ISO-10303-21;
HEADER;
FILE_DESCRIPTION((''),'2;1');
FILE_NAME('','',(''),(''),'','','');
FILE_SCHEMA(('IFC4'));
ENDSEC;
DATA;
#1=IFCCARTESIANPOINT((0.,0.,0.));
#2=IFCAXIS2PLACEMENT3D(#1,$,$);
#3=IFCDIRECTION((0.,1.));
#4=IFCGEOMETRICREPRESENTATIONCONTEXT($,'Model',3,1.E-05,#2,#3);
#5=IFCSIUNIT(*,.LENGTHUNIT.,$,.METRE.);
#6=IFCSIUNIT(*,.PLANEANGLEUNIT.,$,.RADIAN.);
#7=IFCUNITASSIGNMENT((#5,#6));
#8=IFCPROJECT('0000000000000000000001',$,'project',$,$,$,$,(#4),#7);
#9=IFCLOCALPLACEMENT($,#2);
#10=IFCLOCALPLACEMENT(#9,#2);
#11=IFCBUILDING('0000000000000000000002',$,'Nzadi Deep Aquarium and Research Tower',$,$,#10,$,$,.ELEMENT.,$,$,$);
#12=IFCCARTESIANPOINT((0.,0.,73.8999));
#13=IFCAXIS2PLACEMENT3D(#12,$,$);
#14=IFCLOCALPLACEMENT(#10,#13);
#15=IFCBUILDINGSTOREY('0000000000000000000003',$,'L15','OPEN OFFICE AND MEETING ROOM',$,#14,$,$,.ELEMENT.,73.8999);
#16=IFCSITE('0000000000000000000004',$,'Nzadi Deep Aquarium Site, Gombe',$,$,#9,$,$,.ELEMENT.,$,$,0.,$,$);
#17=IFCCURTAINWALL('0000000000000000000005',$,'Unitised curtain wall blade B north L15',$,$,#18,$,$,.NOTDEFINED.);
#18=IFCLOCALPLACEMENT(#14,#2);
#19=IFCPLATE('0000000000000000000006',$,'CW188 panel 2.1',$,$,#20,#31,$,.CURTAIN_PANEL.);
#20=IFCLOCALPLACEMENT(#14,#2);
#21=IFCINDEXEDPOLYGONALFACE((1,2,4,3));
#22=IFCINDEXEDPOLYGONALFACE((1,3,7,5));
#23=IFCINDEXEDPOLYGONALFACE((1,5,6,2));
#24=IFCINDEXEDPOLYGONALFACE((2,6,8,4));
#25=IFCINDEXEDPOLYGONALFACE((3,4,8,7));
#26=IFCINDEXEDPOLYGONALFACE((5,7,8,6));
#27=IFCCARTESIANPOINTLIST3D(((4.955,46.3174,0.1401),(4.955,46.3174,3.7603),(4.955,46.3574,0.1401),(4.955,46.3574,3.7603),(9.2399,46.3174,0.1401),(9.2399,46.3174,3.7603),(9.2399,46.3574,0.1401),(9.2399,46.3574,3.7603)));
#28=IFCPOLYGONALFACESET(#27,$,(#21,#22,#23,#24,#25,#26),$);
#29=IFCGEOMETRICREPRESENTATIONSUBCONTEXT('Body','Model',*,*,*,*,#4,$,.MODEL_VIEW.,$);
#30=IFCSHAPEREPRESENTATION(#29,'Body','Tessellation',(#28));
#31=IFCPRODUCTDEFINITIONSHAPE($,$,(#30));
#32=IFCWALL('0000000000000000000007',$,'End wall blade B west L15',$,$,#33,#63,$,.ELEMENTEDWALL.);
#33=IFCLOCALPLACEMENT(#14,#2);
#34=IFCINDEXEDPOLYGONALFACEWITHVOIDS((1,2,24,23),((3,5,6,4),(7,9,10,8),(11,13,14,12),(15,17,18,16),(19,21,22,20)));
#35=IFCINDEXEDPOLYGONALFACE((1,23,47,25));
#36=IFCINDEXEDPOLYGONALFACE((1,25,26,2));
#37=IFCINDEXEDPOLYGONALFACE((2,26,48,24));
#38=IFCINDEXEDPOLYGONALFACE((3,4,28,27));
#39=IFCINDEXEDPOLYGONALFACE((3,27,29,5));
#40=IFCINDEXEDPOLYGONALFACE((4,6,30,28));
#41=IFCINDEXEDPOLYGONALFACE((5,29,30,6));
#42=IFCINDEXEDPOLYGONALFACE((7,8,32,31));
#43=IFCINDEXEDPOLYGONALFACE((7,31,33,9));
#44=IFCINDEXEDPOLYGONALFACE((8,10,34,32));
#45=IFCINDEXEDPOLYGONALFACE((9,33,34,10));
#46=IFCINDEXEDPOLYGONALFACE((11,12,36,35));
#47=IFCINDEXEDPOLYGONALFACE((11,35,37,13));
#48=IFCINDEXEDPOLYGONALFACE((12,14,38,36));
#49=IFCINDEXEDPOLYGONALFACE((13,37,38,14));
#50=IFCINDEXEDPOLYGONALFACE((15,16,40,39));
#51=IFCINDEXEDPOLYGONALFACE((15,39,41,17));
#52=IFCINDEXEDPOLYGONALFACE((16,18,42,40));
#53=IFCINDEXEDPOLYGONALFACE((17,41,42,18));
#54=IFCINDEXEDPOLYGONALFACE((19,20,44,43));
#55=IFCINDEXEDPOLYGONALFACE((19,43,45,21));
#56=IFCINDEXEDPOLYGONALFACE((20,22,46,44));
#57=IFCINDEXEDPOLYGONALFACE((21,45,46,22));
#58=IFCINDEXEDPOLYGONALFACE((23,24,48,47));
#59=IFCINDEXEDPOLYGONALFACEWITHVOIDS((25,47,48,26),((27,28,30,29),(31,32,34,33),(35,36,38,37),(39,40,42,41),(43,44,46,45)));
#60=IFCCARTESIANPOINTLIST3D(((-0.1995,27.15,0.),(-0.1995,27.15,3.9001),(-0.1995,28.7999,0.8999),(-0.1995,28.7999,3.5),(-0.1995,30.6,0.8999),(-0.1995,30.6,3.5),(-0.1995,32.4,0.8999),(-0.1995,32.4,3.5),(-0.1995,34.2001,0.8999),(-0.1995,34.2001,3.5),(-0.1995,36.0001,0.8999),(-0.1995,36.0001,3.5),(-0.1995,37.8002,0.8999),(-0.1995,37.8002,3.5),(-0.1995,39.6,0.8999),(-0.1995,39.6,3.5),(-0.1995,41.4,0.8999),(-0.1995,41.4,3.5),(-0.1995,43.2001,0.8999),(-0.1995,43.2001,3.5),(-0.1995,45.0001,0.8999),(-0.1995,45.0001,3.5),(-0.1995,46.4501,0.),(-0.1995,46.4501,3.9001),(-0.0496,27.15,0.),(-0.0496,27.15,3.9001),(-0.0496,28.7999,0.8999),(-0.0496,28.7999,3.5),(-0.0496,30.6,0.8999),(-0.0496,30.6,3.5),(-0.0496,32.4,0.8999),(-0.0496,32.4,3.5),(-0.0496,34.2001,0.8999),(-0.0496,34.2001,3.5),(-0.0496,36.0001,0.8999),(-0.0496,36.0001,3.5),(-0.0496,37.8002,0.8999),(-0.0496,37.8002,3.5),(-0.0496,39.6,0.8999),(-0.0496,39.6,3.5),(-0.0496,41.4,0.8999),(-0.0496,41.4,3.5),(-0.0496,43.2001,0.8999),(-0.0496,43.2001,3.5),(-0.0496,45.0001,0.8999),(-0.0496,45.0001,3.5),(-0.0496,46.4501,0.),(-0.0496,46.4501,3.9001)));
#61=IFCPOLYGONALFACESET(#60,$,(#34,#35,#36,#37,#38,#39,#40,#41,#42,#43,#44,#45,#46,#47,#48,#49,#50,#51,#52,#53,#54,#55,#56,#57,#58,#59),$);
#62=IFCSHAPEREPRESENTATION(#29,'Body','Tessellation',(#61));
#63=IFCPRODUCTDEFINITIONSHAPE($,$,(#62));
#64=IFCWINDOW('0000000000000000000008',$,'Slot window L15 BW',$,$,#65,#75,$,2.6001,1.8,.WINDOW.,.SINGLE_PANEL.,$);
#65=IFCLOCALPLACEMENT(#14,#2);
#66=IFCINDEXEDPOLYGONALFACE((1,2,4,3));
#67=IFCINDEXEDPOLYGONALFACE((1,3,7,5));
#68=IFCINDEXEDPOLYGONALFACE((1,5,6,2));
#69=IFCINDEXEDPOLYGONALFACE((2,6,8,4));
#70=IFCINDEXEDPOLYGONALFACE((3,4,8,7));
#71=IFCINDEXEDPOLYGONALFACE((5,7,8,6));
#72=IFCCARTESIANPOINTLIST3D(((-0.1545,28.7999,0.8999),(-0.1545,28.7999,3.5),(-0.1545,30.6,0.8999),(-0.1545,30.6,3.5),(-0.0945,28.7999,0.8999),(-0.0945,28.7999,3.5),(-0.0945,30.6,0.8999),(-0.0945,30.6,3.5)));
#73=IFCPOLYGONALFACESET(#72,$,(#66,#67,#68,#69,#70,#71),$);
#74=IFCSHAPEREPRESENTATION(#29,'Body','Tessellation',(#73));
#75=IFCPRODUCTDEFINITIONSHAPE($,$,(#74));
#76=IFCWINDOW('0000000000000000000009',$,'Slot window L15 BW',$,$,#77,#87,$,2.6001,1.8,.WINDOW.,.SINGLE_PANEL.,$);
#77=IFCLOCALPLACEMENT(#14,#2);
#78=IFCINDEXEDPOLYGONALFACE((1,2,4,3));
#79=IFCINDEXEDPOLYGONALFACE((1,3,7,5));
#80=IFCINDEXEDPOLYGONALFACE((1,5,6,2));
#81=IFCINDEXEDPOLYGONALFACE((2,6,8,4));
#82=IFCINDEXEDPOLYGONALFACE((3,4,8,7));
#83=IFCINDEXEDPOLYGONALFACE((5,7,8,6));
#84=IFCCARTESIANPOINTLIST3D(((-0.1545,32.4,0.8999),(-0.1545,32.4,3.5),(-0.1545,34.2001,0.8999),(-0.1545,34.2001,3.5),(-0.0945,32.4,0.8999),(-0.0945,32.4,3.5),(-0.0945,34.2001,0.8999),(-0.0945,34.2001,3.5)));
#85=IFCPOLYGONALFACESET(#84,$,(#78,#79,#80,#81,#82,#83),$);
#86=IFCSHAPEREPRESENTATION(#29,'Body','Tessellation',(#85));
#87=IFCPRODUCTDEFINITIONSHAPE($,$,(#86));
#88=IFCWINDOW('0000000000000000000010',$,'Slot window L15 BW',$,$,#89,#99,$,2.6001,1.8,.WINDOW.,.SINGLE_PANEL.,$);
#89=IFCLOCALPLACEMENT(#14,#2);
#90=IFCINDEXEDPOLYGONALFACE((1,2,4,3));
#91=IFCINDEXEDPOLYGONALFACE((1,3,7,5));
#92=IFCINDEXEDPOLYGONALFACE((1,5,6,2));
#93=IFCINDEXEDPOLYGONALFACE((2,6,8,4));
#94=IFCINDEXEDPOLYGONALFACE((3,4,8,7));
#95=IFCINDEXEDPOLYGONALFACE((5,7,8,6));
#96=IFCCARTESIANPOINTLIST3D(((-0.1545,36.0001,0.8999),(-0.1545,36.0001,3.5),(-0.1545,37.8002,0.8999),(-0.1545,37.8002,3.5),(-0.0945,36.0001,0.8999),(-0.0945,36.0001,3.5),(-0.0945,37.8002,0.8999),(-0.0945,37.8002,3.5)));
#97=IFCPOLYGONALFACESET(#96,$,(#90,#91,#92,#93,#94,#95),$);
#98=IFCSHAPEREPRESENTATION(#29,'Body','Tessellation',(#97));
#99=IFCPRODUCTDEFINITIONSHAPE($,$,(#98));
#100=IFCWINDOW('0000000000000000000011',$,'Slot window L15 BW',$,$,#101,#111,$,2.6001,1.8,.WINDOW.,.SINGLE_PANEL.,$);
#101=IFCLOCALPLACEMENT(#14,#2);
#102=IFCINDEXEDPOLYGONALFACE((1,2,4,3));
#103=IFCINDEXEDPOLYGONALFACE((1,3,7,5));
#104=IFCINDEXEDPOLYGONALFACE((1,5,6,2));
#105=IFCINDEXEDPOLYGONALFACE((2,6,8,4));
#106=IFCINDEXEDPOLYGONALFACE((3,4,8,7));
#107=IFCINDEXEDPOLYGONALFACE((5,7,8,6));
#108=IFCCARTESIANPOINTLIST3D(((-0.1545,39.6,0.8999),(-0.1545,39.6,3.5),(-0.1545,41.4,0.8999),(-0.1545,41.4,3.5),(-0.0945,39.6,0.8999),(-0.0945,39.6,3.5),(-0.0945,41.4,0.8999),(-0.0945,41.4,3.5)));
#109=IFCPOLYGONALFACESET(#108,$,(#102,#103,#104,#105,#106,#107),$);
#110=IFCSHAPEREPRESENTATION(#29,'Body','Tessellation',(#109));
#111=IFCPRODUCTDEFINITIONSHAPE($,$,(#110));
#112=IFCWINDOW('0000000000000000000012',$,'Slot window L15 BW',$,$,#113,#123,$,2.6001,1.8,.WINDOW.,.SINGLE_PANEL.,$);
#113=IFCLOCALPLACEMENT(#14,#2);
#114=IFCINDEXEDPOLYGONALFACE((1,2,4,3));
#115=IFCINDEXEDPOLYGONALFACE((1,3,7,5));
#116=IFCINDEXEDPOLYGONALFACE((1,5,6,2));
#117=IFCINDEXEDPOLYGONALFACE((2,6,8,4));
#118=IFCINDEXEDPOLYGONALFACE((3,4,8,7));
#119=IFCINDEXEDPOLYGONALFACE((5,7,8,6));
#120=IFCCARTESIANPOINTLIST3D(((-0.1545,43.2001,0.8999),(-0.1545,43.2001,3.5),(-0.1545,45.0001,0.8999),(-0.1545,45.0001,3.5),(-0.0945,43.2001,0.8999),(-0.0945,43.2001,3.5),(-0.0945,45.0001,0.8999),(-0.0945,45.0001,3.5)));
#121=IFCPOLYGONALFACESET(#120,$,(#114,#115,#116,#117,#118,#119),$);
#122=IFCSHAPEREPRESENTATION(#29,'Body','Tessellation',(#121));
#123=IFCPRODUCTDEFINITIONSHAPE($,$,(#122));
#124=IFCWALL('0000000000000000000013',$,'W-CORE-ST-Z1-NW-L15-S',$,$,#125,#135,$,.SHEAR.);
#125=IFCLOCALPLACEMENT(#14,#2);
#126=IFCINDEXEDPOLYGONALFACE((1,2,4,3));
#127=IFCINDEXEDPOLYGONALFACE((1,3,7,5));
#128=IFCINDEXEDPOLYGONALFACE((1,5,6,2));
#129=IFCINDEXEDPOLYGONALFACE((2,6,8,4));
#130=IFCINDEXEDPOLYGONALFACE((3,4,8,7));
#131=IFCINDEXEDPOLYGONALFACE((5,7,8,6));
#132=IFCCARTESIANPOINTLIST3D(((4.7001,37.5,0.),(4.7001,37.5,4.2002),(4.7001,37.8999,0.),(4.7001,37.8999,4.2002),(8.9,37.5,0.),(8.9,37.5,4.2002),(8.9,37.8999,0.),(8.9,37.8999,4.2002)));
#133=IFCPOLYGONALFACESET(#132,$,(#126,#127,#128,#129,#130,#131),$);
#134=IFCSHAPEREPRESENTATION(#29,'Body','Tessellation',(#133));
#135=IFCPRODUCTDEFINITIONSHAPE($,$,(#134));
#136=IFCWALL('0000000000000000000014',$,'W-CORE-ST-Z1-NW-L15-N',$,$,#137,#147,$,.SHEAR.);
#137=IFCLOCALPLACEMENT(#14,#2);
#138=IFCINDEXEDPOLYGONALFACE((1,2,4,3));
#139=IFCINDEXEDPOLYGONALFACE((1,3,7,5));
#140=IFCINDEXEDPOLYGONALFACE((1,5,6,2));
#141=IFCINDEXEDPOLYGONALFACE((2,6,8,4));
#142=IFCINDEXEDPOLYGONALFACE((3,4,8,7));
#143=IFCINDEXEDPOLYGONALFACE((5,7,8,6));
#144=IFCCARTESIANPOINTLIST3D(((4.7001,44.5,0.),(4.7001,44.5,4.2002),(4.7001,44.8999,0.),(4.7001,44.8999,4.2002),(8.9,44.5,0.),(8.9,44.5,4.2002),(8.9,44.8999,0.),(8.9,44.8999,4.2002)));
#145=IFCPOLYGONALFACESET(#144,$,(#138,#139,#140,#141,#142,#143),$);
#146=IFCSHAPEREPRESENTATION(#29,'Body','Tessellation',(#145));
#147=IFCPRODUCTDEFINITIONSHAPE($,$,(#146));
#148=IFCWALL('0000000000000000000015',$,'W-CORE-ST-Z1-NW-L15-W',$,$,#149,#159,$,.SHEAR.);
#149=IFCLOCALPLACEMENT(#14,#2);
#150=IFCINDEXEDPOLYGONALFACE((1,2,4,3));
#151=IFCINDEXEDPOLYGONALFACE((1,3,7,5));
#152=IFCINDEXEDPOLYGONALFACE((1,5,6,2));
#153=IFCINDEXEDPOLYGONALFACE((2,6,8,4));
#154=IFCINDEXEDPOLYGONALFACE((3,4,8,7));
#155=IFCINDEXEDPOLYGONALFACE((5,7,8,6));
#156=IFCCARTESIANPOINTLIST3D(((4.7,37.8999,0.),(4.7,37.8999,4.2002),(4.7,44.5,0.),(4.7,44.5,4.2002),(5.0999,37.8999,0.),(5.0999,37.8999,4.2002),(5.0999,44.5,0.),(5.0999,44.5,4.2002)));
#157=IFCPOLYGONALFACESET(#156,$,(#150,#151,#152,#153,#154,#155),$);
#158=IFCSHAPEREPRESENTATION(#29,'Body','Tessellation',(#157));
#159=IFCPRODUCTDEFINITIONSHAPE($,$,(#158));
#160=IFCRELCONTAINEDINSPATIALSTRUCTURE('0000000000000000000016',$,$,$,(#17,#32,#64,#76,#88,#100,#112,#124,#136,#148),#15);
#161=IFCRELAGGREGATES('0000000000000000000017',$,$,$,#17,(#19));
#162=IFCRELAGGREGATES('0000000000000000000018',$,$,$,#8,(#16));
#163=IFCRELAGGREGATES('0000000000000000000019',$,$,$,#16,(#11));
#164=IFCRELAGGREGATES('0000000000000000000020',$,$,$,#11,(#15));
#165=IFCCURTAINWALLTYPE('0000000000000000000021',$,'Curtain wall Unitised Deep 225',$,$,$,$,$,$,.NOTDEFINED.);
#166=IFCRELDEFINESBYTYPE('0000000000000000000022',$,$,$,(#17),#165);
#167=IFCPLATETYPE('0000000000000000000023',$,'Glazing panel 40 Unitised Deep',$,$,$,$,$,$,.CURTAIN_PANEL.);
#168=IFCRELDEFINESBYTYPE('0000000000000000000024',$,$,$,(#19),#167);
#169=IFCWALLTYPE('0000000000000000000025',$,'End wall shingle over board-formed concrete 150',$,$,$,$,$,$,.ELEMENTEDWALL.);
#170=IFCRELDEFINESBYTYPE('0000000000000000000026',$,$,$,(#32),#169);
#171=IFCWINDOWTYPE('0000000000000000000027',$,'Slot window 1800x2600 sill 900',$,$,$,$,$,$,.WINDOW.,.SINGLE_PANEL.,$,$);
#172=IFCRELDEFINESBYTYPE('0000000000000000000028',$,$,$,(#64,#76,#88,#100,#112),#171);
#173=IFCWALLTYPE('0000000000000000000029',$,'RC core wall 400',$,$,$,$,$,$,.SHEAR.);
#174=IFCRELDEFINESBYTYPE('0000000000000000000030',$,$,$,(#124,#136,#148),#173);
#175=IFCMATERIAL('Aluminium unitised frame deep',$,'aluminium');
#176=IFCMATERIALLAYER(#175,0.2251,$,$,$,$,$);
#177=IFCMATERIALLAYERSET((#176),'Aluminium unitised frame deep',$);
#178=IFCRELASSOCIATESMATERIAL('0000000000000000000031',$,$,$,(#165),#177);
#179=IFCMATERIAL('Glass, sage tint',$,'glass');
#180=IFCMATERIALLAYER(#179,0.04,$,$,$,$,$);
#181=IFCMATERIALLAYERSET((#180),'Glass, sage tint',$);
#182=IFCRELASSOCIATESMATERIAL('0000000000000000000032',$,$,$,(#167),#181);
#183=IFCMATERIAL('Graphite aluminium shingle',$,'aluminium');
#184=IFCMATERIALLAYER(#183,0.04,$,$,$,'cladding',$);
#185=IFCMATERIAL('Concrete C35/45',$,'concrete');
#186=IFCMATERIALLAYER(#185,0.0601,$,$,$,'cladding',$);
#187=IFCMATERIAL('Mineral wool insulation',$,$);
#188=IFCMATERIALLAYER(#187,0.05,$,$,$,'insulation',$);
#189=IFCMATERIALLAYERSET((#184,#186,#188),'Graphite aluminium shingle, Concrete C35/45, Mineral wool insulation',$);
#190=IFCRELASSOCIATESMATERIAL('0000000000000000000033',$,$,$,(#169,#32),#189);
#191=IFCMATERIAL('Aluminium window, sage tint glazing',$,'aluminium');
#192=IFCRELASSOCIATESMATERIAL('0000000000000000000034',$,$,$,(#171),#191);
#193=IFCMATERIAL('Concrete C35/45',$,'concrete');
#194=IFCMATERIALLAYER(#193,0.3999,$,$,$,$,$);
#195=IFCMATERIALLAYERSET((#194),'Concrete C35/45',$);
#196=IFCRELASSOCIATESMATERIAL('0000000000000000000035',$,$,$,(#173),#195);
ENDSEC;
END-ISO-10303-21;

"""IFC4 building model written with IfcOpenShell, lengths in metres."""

from ifc_helpers import new_model, si_unit, direction, frame, frame_2d, origin, origin_2d, place, context, subcontext, project, spatial, rectangle, extrude, material, layer, layer_set, layer_usage, type_object, element, fill, aggregate, save


model = new_model("IFC4")

# Units and contexts
model_context = context("Model", 3, precision=1e-05, world=origin(), true_north=direction((0.0, 1.0)))
body_context = subcontext(model_context, "Body", "Model", "MODEL_VIEW")
ifc_project = project(units=[si_unit("LENGTHUNIT", "METRE"), si_unit("PLANEANGLEUNIT", "RADIAN")], contexts=[model_context])

# Site, building, storey
site_placement = place(None, origin())
site = spatial("IfcSite", under=ifc_project, at=site_placement, Name="Nzadi Deep Aquarium Site, Gombe", CompositionType="ELEMENT", RefElevation=0.0)
building_placement = place(site_placement, origin())
building = spatial("IfcBuilding", under=site, at=building_placement, Name="Nzadi Deep Aquarium and Research Tower", CompositionType="ELEMENT")
storey_placement = place(building_placement, frame((0.0, 0.0, 73.8999)))
storey = spatial("IfcBuildingStorey", under=building, at=storey_placement, Name="L15", Description="OPEN OFFICE AND MEETING ROOM", CompositionType="ELEMENT", Elevation=73.8999)

# Curtain wall
ifc_material_1 = material(Name="Aluminium unitised frame deep", Category="aluminium")
ifc_layer_1 = layer(ifc_material_1, 0.2251)
ifc_layer_set_1 = layer_set([ifc_layer_1], Name="Aluminium unitised frame deep")
curtain_wall_type = type_object("IfcCurtainWallType", Name="Curtain wall Unitised Deep 225", PredefinedType="NOTDEFINED", material=ifc_layer_set_1)
curtain_wall_placement = place(storey_placement, origin())
curtain_wall = element("IfcCurtainWall", 1, at=curtain_wall_placement, inside=storey, type_object=curtain_wall_type, Name="Unitised curtain wall blade B north L15", PredefinedType="NOTDEFINED")

# Plate
ifc_material_2 = material(Name="Glass, sage tint", Category="glass")
ifc_layer_2 = layer(ifc_material_2, 0.04)
ifc_layer_set_2 = layer_set([ifc_layer_2], Name="Glass, sage tint")
plate_type = type_object("IfcPlateType", Name="Glazing panel 40 Unitised Deep", PredefinedType="CURTAIN_PANEL", material=ifc_layer_set_2)
plate_1_placement = place(storey_placement, frame((7.0974, 46.3374, 0.1401), z_axis=(0.0, 0.0, 1.0), x_axis=(1.0, 0.0, 0.0)))
plate_1 = element("IfcPlate", 2, at=plate_1_placement, type_object=plate_type, Name="CW188 panel 2.1", PredefinedType="CURTAIN_PANEL", context=body_context, shape_type="SweptSolid", body=[
    extrude(rectangle(XDim=4.2849, YDim=0.04, at=origin_2d()), origin(), (0.0, 0.0, 1.0), 3.6201),
])
aggregate(curtain_wall, [plate_1])

# Wall, openings, windows
ifc_material_3 = material(Name="Graphite aluminium shingle", Category="aluminium")
ifc_layer_3 = layer(ifc_material_3, 0.04, Category="cladding")
ifc_material_4 = material(Name="Concrete C35/45", Category="concrete")
ifc_layer_4 = layer(ifc_material_4, 0.0601, Category="cladding")
ifc_material_5 = material(Name="Mineral wool insulation")
ifc_layer_5 = layer(ifc_material_5, 0.05, Category="insulation")
ifc_layer_set_3 = layer_set([ifc_layer_3, ifc_layer_4, ifc_layer_5], Name="Graphite aluminium shingle, Concrete C35/45, Mineral wool insulation")
ifc_layer_usage = layer_usage(ifc_layer_set_3, "AXIS2", "POSITIVE", -0.075)
wall_type_1 = type_object("IfcWallType", Name="End wall shingle over board-formed concrete 150", PredefinedType="ELEMENTEDWALL", material=ifc_layer_set_3)
wall_1_placement = place(storey_placement, frame((-0.1245, 46.45, 0.0), z_axis=(0.0, 0.0, 1.0), x_axis=(0.0, -1.0, 0.0)))
wall_1 = element("IfcWall", 3, at=wall_1_placement, inside=storey, type_object=wall_type_1, material=ifc_layer_usage, Name="End wall blade B west L15", PredefinedType="ELEMENTEDWALL", context=body_context, shape_type="SweptSolid", body=[
    extrude(rectangle(XDim=19.3, YDim=0.1499, at=frame_2d((9.6499, 0.0))), origin(), (0.0, 0.0, 1.0), 3.9001),
])
opening_1_placement = place(wall_1_placement, frame((15.8501, 0.0, 0.8999)))
opening_1 = element("IfcOpeningElement", 4, at=opening_1_placement, cuts=wall_1, PredefinedType="OPENING", context=body_context, shape_type="SweptSolid", body=[
    extrude(rectangle(XDim=1.8, YDim=2.6001, at=frame_2d((0.8999, 1.3))), frame((0.0, 0.085, 0.0), z_axis=(0.0, -1.0, 0.0), x_axis=(1.0, 0.0, 0.0)), (0.0, 0.0, 1.0), 0.1699),
])
opening_2_placement = place(wall_1_placement, frame((12.25, 0.0, 0.8999)))
opening_2 = element("IfcOpeningElement", 5, at=opening_2_placement, cuts=wall_1, PredefinedType="OPENING", context=body_context, shape_type="SweptSolid", body=[
    extrude(rectangle(XDim=1.8, YDim=2.6001, at=frame_2d((0.8999, 1.3))), frame((0.0, 0.085, 0.0), z_axis=(0.0, -1.0, 0.0), x_axis=(1.0, 0.0, 0.0)), (0.0, 0.0, 1.0), 0.1699),
])
opening_3_placement = place(wall_1_placement, frame((8.6499, 0.0, 0.8999)))
opening_3 = element("IfcOpeningElement", 6, at=opening_3_placement, cuts=wall_1, PredefinedType="OPENING", context=body_context, shape_type="SweptSolid", body=[
    extrude(rectangle(XDim=1.8, YDim=2.6001, at=frame_2d((0.8999, 1.3))), frame((0.0, 0.085, 0.0), z_axis=(0.0, -1.0, 0.0), x_axis=(1.0, 0.0, 0.0)), (0.0, 0.0, 1.0), 0.1699),
])
opening_4_placement = place(wall_1_placement, frame((5.05, 0.0, 0.8999)))
opening_4 = element("IfcOpeningElement", 7, at=opening_4_placement, cuts=wall_1, PredefinedType="OPENING", context=body_context, shape_type="SweptSolid", body=[
    extrude(rectangle(XDim=1.8, YDim=2.6001, at=frame_2d((0.8999, 1.3))), frame((0.0, 0.085, 0.0), z_axis=(0.0, -1.0, 0.0), x_axis=(1.0, 0.0, 0.0)), (0.0, 0.0, 1.0), 0.1699),
])
opening_5_placement = place(wall_1_placement, frame((1.45, 0.0, 0.8999)))
opening_5 = element("IfcOpeningElement", 8, at=opening_5_placement, cuts=wall_1, PredefinedType="OPENING", context=body_context, shape_type="SweptSolid", body=[
    extrude(rectangle(XDim=1.8, YDim=2.6001, at=frame_2d((0.8999, 1.3))), frame((0.0, 0.085, 0.0), z_axis=(0.0, -1.0, 0.0), x_axis=(1.0, 0.0, 0.0)), (0.0, 0.0, 1.0), 0.1699),
])
ifc_material_6 = material(Name="Aluminium window, sage tint glazing", Category="aluminium")
window_type = type_object("IfcWindowType", Name="Slot window 1800x2600 sill 900", PartitioningType="SINGLE_PANEL", PredefinedType="WINDOW", material=ifc_material_6)
window_1_placement = place(opening_1_placement, origin())
window_1 = element("IfcWindow", 9, at=window_1_placement, inside=storey, type_object=window_type, Name="Slot window L15 BW", OverallHeight=2.6001, OverallWidth=1.8, PartitioningType="SINGLE_PANEL", PredefinedType="WINDOW", context=body_context, shape_type="SweptSolid", body=[
    extrude(rectangle(XDim=1.8, YDim=2.6001, at=frame_2d((0.8999, 1.3))), frame((0.0, 0.03, 0.0), z_axis=(0.0, -1.0, 0.0), x_axis=(1.0, 0.0, 0.0)), (0.0, 0.0, 1.0), 0.0601),
])
fill(opening_1, window_1)
window_2_placement = place(opening_2_placement, origin())
window_2 = element("IfcWindow", 10, at=window_2_placement, inside=storey, type_object=window_type, Name="Slot window L15 BW", OverallHeight=2.6001, OverallWidth=1.8, PartitioningType="SINGLE_PANEL", PredefinedType="WINDOW", context=body_context, shape_type="SweptSolid", body=[
    extrude(rectangle(XDim=1.8, YDim=2.6001, at=frame_2d((0.8999, 1.3))), frame((0.0, 0.03, 0.0), z_axis=(0.0, -1.0, 0.0), x_axis=(1.0, 0.0, 0.0)), (0.0, 0.0, 1.0), 0.0601),
])
fill(opening_2, window_2)
window_3_placement = place(opening_3_placement, origin())
window_3 = element("IfcWindow", 11, at=window_3_placement, inside=storey, type_object=window_type, Name="Slot window L15 BW", OverallHeight=2.6001, OverallWidth=1.8, PartitioningType="SINGLE_PANEL", PredefinedType="WINDOW", context=body_context, shape_type="SweptSolid", body=[
    extrude(rectangle(XDim=1.8, YDim=2.6001, at=frame_2d((0.8999, 1.3))), frame((0.0, 0.03, 0.0), z_axis=(0.0, -1.0, 0.0), x_axis=(1.0, 0.0, 0.0)), (0.0, 0.0, 1.0), 0.0601),
])
fill(opening_3, window_3)
window_4_placement = place(opening_4_placement, origin())
window_4 = element("IfcWindow", 12, at=window_4_placement, inside=storey, type_object=window_type, Name="Slot window L15 BW", OverallHeight=2.6001, OverallWidth=1.8, PartitioningType="SINGLE_PANEL", PredefinedType="WINDOW", context=body_context, shape_type="SweptSolid", body=[
    extrude(rectangle(XDim=1.8, YDim=2.6001, at=frame_2d((0.8999, 1.3))), frame((0.0, 0.03, 0.0), z_axis=(0.0, -1.0, 0.0), x_axis=(1.0, 0.0, 0.0)), (0.0, 0.0, 1.0), 0.0601),
])
fill(opening_4, window_4)
window_5_placement = place(opening_5_placement, origin())
window_5 = element("IfcWindow", 13, at=window_5_placement, inside=storey, type_object=window_type, Name="Slot window L15 BW", OverallHeight=2.6001, OverallWidth=1.8, PartitioningType="SINGLE_PANEL", PredefinedType="WINDOW", context=body_context, shape_type="SweptSolid", body=[
    extrude(rectangle(XDim=1.8, YDim=2.6001, at=frame_2d((0.8999, 1.3))), frame((0.0, 0.03, 0.0), z_axis=(0.0, -1.0, 0.0), x_axis=(1.0, 0.0, 0.0)), (0.0, 0.0, 1.0), 0.0601),
])
fill(opening_5, window_5)

# Walls
ifc_material_7 = material(Name="Concrete C35/45", Category="concrete")
ifc_layer_6 = layer(ifc_material_7, 0.3999)
ifc_layer_set_4 = layer_set([ifc_layer_6], Name="Concrete C35/45")
wall_type_2 = type_object("IfcWallType", Name="RC core wall 400", PredefinedType="SHEAR", material=ifc_layer_set_4)
for number, where, z_axis, x_axis, name in (
    (14, (4.7, 37.7, 0.0), (0.0, 0.0, 1.0), (1.0, 0.0, 0.0), "W-CORE-ST-Z1-NW-L15-S"),
    (15, (4.7, 44.7, 0.0), (0.0, 0.0, 1.0), (1.0, 0.0, 0.0), "W-CORE-ST-Z1-NW-L15-N"),
):
    element("IfcWall", number, at=place(storey_placement, frame(where, z_axis=z_axis, x_axis=x_axis)), inside=storey, type_object=wall_type_2, Name=name, PredefinedType="SHEAR", context=body_context, shape_type="SweptSolid", body=[
        extrude(rectangle(XDim=4.2, YDim=0.3999, at=frame_2d((2.1001, 0.0))), origin(), (0.0, 0.0, 1.0), 4.2002),
    ])
wall_2_placement = place(storey_placement, frame((4.8999, 37.8999, 0.0), z_axis=(0.0, 0.0, 1.0), x_axis=(0.0, 1.0, 0.0)))
element("IfcWall", 16, at=wall_2_placement, inside=storey, type_object=wall_type_2, Name="W-CORE-ST-Z1-NW-L15-W", PredefinedType="SHEAR", context=body_context, shape_type="SweptSolid", body=[
    extrude(rectangle(XDim=6.6001, YDim=0.3999, at=frame_2d((3.3, 0.0))), origin(), (0.0, 0.0, 1.0), 4.2002),
])

save(model, "model.ifc")
